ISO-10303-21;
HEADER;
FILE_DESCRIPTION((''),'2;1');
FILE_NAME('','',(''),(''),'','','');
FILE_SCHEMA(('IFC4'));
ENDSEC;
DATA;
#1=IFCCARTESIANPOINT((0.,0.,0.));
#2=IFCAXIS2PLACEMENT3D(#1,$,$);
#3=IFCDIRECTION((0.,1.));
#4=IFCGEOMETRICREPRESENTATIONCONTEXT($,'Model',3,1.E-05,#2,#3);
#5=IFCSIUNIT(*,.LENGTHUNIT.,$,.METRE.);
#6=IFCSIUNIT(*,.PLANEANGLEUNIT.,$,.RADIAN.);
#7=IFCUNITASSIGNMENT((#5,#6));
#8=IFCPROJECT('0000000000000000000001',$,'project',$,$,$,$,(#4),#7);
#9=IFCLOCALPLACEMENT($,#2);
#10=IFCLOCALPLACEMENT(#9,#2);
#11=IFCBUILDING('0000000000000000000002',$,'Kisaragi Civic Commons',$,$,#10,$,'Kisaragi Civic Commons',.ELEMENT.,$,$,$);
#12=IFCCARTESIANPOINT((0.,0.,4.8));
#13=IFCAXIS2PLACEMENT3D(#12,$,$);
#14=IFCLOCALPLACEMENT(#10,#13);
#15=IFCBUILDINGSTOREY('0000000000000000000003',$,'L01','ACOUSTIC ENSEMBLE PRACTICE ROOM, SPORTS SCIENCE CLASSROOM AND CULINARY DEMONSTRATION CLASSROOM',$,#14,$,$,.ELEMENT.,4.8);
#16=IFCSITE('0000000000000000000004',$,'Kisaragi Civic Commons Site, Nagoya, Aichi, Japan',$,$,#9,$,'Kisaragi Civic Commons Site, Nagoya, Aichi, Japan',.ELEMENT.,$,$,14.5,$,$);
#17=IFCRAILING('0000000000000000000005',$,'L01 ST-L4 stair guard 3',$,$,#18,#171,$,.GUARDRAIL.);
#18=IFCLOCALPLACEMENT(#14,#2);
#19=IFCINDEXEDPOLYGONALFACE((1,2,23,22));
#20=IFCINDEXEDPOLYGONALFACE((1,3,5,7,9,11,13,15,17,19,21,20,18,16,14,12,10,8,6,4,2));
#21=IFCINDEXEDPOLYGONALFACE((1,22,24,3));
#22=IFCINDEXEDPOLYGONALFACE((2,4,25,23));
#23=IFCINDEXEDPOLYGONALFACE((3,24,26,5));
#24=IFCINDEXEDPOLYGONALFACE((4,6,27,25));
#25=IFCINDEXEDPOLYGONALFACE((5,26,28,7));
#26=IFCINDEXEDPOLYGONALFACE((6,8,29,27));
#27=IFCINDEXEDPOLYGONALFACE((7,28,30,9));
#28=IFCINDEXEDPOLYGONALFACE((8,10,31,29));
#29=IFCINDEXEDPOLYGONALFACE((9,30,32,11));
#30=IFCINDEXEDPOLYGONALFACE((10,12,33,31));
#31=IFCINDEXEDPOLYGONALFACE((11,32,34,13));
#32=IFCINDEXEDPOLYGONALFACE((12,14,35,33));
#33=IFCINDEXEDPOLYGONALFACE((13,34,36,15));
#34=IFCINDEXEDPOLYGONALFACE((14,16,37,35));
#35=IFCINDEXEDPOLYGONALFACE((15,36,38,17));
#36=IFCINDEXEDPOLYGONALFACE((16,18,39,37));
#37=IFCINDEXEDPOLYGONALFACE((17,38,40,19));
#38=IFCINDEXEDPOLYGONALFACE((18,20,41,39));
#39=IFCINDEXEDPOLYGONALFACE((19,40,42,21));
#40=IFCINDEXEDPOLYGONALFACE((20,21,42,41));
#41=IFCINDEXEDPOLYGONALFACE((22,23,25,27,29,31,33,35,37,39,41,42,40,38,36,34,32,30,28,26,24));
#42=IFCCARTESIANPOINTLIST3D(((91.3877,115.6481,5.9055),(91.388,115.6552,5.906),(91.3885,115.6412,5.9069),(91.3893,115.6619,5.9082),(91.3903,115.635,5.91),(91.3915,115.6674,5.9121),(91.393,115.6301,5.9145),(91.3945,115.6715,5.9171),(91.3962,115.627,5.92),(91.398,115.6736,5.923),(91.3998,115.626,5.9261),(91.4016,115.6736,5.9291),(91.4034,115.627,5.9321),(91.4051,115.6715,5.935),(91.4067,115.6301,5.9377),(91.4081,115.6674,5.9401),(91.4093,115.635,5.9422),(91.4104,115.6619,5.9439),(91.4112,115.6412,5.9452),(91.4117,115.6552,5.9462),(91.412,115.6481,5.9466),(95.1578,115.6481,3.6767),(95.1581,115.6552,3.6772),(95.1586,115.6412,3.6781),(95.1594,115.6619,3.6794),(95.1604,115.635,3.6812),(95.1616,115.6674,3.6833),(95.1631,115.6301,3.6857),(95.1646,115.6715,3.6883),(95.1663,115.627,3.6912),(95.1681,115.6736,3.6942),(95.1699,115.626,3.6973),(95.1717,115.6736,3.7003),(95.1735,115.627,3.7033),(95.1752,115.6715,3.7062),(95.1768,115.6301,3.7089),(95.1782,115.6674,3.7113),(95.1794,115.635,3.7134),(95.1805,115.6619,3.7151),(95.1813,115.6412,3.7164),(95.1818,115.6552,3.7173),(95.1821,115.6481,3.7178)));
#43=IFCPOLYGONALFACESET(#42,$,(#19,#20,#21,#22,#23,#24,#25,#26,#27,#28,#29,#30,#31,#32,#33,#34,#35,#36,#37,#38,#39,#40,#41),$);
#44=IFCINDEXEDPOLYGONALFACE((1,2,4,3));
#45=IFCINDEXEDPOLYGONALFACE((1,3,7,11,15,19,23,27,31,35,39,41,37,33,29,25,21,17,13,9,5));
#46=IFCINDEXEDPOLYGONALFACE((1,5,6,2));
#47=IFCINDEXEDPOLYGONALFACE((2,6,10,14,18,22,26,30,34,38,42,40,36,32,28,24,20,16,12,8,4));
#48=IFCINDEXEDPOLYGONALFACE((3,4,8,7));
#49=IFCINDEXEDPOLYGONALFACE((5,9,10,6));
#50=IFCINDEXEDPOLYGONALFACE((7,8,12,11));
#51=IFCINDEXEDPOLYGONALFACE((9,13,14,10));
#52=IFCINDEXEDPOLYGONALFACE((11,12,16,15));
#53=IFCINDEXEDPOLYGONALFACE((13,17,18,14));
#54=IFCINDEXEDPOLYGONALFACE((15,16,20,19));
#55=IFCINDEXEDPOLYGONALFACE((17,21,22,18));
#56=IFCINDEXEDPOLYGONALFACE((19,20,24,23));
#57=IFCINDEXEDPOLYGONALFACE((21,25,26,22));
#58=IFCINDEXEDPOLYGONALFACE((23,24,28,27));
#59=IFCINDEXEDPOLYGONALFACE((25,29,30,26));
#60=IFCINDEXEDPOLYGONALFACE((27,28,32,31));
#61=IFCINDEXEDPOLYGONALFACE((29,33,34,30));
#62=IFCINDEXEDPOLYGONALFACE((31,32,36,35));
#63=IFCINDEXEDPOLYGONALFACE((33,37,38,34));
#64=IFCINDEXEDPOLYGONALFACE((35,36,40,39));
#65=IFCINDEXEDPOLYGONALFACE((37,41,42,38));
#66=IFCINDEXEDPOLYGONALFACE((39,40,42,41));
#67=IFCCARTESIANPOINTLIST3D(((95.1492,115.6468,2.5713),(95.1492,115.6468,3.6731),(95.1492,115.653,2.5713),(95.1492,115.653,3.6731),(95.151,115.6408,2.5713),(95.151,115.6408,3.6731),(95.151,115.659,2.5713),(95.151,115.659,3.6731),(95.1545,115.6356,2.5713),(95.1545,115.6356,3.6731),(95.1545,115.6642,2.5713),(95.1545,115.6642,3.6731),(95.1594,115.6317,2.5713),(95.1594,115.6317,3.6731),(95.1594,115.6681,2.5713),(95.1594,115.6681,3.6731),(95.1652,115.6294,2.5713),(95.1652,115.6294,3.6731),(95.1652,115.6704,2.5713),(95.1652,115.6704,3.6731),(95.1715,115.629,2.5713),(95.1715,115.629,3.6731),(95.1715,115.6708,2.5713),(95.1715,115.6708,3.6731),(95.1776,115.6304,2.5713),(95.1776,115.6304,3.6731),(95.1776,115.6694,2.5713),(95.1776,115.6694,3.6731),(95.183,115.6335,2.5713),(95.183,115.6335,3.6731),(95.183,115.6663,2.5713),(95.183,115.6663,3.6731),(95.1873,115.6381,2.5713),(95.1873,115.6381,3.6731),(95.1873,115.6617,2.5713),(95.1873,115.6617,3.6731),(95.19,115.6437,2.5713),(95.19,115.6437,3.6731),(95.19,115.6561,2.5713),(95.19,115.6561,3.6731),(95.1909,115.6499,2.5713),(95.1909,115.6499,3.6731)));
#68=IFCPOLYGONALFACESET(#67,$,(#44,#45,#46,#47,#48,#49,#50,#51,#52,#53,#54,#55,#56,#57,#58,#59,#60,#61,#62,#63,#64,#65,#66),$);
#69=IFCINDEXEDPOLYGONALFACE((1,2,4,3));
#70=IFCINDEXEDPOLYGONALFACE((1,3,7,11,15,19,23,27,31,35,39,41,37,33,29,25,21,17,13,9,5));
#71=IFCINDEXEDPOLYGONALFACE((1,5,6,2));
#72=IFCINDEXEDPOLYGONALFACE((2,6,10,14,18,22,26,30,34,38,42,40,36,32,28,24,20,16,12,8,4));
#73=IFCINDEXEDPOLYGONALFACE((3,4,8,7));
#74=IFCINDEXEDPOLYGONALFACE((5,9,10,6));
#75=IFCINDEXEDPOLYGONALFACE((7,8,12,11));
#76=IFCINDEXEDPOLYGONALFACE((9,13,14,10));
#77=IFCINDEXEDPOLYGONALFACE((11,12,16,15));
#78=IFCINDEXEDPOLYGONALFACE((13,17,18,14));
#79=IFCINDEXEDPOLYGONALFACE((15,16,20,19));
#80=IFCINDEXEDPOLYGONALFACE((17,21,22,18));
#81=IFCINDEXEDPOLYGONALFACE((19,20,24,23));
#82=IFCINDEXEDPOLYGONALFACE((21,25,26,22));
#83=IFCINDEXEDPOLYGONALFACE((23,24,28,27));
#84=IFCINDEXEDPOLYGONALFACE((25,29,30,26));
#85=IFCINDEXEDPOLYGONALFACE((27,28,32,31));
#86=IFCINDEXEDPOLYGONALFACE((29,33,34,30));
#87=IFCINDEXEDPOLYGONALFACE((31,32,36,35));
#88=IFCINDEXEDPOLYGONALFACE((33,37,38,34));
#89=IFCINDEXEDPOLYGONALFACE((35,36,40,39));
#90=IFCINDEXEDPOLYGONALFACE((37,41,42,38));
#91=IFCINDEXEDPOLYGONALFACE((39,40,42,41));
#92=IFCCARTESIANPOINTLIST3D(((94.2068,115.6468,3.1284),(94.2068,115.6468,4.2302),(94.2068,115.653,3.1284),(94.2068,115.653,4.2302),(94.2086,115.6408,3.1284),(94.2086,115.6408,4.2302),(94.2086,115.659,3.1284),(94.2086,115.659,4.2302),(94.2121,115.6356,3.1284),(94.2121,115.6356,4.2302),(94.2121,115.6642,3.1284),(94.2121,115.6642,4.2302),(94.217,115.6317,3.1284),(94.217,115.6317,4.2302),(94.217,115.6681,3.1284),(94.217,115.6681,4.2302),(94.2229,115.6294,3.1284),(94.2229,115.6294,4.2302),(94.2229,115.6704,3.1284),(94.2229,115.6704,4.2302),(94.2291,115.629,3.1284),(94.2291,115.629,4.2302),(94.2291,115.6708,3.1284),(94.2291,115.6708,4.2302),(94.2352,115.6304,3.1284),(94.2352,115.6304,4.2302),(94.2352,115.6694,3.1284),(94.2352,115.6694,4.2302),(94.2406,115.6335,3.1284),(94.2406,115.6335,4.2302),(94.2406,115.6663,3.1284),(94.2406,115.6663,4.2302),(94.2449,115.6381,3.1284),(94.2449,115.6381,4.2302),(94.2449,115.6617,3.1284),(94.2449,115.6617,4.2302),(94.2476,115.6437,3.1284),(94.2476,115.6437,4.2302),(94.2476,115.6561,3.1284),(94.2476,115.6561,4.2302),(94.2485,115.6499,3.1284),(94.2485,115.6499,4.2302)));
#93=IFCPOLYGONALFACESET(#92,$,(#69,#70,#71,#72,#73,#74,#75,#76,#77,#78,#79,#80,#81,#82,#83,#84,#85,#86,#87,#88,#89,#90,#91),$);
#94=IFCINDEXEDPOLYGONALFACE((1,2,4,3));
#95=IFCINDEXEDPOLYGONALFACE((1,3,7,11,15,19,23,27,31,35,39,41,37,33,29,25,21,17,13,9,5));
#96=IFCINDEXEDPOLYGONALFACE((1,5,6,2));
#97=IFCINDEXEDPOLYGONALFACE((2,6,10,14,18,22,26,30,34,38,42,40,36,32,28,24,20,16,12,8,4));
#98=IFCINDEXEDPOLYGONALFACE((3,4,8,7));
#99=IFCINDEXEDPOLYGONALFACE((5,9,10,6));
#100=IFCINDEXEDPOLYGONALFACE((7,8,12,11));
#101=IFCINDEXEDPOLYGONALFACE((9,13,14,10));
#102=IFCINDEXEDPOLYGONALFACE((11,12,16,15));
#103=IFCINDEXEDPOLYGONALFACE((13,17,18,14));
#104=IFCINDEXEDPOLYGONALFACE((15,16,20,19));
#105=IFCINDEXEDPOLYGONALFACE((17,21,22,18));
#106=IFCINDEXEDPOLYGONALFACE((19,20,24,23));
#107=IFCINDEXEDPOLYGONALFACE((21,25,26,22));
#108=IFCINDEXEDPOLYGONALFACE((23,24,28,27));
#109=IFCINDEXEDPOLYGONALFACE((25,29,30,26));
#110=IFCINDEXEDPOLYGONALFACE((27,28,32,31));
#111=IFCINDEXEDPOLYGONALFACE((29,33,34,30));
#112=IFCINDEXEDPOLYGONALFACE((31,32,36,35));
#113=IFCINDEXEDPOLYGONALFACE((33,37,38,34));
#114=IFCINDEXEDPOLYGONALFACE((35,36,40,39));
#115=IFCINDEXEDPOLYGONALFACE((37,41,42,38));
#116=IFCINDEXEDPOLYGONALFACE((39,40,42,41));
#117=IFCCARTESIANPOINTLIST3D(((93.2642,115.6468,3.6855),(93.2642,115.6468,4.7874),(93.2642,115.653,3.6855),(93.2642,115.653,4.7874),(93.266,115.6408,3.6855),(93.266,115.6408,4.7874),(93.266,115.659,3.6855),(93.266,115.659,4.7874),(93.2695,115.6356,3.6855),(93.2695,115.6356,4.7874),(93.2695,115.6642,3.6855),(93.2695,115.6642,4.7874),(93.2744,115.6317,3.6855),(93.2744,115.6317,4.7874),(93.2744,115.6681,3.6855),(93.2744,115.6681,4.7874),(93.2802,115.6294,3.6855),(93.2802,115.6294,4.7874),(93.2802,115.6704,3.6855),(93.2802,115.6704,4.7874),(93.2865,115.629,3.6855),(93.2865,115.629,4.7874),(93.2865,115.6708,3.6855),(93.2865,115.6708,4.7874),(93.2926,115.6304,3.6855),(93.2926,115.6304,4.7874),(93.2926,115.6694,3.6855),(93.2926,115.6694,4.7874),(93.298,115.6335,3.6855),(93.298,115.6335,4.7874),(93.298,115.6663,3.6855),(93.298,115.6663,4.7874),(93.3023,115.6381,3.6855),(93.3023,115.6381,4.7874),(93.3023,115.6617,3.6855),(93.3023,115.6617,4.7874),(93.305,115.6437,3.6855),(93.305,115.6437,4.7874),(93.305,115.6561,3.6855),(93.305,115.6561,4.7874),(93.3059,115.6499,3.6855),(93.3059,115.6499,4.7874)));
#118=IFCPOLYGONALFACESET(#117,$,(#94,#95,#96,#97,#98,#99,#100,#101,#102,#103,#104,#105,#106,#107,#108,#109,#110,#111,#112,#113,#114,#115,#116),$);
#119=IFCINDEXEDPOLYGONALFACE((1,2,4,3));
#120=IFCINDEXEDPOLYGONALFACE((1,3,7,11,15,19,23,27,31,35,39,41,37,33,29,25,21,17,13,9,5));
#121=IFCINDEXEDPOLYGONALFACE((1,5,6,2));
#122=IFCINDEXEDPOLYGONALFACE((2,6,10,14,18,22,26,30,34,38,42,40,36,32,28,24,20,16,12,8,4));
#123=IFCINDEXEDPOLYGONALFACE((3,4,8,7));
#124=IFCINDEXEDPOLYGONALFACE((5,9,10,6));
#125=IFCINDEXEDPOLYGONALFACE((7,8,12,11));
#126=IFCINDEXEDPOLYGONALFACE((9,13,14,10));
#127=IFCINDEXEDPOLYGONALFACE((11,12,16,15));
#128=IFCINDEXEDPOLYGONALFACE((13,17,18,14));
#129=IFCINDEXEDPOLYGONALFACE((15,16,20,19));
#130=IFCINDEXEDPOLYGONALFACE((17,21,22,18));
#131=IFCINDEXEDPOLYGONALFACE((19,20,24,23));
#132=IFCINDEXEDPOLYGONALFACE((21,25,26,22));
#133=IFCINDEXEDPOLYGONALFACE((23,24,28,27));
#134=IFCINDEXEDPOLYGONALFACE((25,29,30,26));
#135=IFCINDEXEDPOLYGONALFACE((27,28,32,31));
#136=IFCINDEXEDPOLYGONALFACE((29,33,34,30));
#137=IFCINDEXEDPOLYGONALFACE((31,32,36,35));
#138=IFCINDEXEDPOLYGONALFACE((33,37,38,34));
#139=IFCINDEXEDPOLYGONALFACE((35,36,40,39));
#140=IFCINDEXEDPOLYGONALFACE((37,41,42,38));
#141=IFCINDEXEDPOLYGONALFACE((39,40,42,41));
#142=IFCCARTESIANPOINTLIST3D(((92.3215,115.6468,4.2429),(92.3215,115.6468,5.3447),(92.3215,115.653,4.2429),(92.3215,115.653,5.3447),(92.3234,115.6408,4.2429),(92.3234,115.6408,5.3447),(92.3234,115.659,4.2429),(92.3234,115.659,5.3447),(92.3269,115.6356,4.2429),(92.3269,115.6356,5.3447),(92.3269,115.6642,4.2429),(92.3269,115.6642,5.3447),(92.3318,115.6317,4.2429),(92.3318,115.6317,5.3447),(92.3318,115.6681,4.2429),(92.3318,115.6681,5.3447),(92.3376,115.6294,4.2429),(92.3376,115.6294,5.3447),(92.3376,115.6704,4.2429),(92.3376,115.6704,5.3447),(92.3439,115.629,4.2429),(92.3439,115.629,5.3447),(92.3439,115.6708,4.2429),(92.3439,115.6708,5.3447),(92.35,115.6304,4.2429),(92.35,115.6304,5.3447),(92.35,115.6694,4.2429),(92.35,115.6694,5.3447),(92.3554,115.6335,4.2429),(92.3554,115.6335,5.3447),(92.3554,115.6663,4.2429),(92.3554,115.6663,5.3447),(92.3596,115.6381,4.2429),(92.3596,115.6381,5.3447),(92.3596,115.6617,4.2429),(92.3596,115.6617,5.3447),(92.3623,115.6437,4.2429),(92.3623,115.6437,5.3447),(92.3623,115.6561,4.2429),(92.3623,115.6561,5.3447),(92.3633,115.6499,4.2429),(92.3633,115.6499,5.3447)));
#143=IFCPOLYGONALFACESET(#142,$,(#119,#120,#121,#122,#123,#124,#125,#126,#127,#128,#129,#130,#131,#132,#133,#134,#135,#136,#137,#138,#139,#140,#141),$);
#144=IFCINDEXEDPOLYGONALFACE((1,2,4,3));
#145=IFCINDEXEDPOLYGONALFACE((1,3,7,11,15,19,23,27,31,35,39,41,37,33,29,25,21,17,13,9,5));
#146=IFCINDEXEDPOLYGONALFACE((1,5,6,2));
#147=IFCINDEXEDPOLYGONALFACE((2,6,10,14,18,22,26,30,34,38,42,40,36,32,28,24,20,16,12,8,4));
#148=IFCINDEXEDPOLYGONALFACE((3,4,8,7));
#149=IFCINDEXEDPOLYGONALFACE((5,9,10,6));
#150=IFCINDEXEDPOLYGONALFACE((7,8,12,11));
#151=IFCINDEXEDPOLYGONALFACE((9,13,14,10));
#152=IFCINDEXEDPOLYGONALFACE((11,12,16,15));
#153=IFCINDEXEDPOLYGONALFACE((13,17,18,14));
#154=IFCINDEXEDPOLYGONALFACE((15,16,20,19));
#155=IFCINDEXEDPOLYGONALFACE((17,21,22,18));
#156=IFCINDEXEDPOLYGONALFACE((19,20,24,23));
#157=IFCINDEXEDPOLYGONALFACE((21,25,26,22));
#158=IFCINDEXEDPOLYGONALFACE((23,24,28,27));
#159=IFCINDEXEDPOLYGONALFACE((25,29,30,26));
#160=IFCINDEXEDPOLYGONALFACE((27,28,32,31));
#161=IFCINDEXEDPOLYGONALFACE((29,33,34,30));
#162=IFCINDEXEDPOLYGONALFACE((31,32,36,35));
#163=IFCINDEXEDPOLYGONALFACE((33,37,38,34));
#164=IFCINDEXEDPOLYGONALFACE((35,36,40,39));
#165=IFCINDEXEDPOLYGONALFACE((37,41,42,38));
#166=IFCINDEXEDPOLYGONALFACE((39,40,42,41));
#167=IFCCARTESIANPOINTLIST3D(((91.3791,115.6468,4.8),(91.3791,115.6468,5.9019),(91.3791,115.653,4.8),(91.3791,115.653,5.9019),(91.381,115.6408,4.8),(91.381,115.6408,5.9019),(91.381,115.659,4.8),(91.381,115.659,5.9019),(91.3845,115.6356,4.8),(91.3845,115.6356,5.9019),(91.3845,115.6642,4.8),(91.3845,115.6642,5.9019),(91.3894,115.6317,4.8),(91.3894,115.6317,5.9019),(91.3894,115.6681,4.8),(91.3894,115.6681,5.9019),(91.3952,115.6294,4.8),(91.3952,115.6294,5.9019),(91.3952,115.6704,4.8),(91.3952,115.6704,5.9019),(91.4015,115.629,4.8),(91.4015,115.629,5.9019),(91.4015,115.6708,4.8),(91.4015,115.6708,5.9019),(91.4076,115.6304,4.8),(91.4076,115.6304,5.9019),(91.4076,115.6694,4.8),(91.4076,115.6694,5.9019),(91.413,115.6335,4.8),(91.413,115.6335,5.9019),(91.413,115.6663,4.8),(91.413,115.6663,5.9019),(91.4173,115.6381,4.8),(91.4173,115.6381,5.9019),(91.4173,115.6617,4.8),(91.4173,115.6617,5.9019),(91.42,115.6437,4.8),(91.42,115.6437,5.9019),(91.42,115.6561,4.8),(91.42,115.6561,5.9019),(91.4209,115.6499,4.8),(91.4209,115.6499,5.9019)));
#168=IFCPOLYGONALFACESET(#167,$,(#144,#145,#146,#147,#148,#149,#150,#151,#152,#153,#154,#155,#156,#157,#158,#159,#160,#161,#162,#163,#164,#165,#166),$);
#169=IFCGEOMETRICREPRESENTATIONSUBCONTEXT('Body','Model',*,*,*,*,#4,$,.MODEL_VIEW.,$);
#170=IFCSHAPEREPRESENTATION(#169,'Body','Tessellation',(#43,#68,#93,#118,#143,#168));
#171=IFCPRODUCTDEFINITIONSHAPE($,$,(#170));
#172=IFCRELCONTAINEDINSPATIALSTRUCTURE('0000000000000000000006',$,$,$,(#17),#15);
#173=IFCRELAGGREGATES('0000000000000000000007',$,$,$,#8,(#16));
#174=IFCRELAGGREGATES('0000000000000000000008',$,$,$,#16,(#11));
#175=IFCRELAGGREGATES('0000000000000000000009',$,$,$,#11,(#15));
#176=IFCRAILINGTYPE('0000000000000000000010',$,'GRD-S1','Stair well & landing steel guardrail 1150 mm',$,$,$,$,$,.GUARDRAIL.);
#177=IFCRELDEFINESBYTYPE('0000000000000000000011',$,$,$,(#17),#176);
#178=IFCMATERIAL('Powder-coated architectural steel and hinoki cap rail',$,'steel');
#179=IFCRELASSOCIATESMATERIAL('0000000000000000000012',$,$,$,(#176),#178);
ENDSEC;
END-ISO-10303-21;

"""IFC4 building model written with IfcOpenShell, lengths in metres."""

from ifc_helpers import new_model, si_unit, direction, frame, origin, origin_2d, place, context, subcontext, project, spatial, circle, extrude, material, type_object, element, save


model = new_model("IFC4")

# Units and contexts
model_context = context("Model", 3, precision=1e-05, world=origin(), true_north=direction((0.0, 1.0)))
body_context = subcontext(model_context, "Body", "Model", "MODEL_VIEW")
ifc_project = project(units=[si_unit("LENGTHUNIT", "METRE"), si_unit("PLANEANGLEUNIT", "RADIAN")], contexts=[model_context])

# Site, building, storey
site_placement = place(None, origin())
site = spatial("IfcSite", under=ifc_project, at=site_placement, Name="Kisaragi Civic Commons Site, Nagoya, Aichi, Japan", LongName="Kisaragi Civic Commons Site, Nagoya, Aichi, Japan", CompositionType="ELEMENT", RefElevation=14.5)
building_placement = place(site_placement, origin())
building = spatial("IfcBuilding", under=site, at=building_placement, Name="Kisaragi Civic Commons", LongName="Kisaragi Civic Commons", CompositionType="ELEMENT")
storey_placement = place(building_placement, frame((0.0, 0.0, 4.8)))
storey = spatial("IfcBuildingStorey", under=building, at=storey_placement, Name="L01", Description="ACOUSTIC ENSEMBLE PRACTICE ROOM, SPORTS SCIENCE CLASSROOM AND CULINARY DEMONSTRATION CLASSROOM", CompositionType="ELEMENT", Elevation=4.8)

# Railing
ifc_material_1 = material(Name="Powder-coated architectural steel and hinoki cap rail", Category="steel")
railing_type_1 = type_object("IfcRailingType", Name="GRD-S1", Description="Stair well & landing steel guardrail 1150 mm", PredefinedType="GUARDRAIL", material=ifc_material_1)
railing_1_placement = place(storey_placement, frame((95.1699, 115.6499, 2.5713)))
element("IfcRailing", 1, at=railing_1_placement, inside=storey, type_object=railing_type_1, Name="L01 ST-L4 stair guard 3", PredefinedType="GUARDRAIL", context=body_context, shape_type="SweptSolid", body=[
    extrude(circle(Radius=0.0239, at=origin_2d()), frame((0.0, 0.0, 1.126), z_axis=(-0.860824, 0.0, 0.508902), x_axis=(0.0, -1.0, 0.0)), (0.0, 0.0, 1.0), 4.3796),
    extrude(circle(Radius=0.021, at=origin_2d()), origin(), (0.0, 0.0, 1.0), 1.1018),
    extrude(circle(Radius=0.021, at=origin_2d()), frame((-0.9424, 0.0, 0.5571)), (0.0, 0.0, 1.0), 1.1018),
    extrude(circle(Radius=0.021, at=origin_2d()), frame((-1.885, 0.0, 1.1143)), (0.0, 0.0, 1.0), 1.1018),
    extrude(circle(Radius=0.021, at=origin_2d()), frame((-2.8276, 0.0, 1.6716)), (0.0, 0.0, 1.0), 1.1018),
    extrude(circle(Radius=0.021, at=origin_2d()), frame((-3.77, 0.0, 2.2288)), (0.0, 0.0, 1.0), 1.1018),
])

save(model, "model.ifc")
